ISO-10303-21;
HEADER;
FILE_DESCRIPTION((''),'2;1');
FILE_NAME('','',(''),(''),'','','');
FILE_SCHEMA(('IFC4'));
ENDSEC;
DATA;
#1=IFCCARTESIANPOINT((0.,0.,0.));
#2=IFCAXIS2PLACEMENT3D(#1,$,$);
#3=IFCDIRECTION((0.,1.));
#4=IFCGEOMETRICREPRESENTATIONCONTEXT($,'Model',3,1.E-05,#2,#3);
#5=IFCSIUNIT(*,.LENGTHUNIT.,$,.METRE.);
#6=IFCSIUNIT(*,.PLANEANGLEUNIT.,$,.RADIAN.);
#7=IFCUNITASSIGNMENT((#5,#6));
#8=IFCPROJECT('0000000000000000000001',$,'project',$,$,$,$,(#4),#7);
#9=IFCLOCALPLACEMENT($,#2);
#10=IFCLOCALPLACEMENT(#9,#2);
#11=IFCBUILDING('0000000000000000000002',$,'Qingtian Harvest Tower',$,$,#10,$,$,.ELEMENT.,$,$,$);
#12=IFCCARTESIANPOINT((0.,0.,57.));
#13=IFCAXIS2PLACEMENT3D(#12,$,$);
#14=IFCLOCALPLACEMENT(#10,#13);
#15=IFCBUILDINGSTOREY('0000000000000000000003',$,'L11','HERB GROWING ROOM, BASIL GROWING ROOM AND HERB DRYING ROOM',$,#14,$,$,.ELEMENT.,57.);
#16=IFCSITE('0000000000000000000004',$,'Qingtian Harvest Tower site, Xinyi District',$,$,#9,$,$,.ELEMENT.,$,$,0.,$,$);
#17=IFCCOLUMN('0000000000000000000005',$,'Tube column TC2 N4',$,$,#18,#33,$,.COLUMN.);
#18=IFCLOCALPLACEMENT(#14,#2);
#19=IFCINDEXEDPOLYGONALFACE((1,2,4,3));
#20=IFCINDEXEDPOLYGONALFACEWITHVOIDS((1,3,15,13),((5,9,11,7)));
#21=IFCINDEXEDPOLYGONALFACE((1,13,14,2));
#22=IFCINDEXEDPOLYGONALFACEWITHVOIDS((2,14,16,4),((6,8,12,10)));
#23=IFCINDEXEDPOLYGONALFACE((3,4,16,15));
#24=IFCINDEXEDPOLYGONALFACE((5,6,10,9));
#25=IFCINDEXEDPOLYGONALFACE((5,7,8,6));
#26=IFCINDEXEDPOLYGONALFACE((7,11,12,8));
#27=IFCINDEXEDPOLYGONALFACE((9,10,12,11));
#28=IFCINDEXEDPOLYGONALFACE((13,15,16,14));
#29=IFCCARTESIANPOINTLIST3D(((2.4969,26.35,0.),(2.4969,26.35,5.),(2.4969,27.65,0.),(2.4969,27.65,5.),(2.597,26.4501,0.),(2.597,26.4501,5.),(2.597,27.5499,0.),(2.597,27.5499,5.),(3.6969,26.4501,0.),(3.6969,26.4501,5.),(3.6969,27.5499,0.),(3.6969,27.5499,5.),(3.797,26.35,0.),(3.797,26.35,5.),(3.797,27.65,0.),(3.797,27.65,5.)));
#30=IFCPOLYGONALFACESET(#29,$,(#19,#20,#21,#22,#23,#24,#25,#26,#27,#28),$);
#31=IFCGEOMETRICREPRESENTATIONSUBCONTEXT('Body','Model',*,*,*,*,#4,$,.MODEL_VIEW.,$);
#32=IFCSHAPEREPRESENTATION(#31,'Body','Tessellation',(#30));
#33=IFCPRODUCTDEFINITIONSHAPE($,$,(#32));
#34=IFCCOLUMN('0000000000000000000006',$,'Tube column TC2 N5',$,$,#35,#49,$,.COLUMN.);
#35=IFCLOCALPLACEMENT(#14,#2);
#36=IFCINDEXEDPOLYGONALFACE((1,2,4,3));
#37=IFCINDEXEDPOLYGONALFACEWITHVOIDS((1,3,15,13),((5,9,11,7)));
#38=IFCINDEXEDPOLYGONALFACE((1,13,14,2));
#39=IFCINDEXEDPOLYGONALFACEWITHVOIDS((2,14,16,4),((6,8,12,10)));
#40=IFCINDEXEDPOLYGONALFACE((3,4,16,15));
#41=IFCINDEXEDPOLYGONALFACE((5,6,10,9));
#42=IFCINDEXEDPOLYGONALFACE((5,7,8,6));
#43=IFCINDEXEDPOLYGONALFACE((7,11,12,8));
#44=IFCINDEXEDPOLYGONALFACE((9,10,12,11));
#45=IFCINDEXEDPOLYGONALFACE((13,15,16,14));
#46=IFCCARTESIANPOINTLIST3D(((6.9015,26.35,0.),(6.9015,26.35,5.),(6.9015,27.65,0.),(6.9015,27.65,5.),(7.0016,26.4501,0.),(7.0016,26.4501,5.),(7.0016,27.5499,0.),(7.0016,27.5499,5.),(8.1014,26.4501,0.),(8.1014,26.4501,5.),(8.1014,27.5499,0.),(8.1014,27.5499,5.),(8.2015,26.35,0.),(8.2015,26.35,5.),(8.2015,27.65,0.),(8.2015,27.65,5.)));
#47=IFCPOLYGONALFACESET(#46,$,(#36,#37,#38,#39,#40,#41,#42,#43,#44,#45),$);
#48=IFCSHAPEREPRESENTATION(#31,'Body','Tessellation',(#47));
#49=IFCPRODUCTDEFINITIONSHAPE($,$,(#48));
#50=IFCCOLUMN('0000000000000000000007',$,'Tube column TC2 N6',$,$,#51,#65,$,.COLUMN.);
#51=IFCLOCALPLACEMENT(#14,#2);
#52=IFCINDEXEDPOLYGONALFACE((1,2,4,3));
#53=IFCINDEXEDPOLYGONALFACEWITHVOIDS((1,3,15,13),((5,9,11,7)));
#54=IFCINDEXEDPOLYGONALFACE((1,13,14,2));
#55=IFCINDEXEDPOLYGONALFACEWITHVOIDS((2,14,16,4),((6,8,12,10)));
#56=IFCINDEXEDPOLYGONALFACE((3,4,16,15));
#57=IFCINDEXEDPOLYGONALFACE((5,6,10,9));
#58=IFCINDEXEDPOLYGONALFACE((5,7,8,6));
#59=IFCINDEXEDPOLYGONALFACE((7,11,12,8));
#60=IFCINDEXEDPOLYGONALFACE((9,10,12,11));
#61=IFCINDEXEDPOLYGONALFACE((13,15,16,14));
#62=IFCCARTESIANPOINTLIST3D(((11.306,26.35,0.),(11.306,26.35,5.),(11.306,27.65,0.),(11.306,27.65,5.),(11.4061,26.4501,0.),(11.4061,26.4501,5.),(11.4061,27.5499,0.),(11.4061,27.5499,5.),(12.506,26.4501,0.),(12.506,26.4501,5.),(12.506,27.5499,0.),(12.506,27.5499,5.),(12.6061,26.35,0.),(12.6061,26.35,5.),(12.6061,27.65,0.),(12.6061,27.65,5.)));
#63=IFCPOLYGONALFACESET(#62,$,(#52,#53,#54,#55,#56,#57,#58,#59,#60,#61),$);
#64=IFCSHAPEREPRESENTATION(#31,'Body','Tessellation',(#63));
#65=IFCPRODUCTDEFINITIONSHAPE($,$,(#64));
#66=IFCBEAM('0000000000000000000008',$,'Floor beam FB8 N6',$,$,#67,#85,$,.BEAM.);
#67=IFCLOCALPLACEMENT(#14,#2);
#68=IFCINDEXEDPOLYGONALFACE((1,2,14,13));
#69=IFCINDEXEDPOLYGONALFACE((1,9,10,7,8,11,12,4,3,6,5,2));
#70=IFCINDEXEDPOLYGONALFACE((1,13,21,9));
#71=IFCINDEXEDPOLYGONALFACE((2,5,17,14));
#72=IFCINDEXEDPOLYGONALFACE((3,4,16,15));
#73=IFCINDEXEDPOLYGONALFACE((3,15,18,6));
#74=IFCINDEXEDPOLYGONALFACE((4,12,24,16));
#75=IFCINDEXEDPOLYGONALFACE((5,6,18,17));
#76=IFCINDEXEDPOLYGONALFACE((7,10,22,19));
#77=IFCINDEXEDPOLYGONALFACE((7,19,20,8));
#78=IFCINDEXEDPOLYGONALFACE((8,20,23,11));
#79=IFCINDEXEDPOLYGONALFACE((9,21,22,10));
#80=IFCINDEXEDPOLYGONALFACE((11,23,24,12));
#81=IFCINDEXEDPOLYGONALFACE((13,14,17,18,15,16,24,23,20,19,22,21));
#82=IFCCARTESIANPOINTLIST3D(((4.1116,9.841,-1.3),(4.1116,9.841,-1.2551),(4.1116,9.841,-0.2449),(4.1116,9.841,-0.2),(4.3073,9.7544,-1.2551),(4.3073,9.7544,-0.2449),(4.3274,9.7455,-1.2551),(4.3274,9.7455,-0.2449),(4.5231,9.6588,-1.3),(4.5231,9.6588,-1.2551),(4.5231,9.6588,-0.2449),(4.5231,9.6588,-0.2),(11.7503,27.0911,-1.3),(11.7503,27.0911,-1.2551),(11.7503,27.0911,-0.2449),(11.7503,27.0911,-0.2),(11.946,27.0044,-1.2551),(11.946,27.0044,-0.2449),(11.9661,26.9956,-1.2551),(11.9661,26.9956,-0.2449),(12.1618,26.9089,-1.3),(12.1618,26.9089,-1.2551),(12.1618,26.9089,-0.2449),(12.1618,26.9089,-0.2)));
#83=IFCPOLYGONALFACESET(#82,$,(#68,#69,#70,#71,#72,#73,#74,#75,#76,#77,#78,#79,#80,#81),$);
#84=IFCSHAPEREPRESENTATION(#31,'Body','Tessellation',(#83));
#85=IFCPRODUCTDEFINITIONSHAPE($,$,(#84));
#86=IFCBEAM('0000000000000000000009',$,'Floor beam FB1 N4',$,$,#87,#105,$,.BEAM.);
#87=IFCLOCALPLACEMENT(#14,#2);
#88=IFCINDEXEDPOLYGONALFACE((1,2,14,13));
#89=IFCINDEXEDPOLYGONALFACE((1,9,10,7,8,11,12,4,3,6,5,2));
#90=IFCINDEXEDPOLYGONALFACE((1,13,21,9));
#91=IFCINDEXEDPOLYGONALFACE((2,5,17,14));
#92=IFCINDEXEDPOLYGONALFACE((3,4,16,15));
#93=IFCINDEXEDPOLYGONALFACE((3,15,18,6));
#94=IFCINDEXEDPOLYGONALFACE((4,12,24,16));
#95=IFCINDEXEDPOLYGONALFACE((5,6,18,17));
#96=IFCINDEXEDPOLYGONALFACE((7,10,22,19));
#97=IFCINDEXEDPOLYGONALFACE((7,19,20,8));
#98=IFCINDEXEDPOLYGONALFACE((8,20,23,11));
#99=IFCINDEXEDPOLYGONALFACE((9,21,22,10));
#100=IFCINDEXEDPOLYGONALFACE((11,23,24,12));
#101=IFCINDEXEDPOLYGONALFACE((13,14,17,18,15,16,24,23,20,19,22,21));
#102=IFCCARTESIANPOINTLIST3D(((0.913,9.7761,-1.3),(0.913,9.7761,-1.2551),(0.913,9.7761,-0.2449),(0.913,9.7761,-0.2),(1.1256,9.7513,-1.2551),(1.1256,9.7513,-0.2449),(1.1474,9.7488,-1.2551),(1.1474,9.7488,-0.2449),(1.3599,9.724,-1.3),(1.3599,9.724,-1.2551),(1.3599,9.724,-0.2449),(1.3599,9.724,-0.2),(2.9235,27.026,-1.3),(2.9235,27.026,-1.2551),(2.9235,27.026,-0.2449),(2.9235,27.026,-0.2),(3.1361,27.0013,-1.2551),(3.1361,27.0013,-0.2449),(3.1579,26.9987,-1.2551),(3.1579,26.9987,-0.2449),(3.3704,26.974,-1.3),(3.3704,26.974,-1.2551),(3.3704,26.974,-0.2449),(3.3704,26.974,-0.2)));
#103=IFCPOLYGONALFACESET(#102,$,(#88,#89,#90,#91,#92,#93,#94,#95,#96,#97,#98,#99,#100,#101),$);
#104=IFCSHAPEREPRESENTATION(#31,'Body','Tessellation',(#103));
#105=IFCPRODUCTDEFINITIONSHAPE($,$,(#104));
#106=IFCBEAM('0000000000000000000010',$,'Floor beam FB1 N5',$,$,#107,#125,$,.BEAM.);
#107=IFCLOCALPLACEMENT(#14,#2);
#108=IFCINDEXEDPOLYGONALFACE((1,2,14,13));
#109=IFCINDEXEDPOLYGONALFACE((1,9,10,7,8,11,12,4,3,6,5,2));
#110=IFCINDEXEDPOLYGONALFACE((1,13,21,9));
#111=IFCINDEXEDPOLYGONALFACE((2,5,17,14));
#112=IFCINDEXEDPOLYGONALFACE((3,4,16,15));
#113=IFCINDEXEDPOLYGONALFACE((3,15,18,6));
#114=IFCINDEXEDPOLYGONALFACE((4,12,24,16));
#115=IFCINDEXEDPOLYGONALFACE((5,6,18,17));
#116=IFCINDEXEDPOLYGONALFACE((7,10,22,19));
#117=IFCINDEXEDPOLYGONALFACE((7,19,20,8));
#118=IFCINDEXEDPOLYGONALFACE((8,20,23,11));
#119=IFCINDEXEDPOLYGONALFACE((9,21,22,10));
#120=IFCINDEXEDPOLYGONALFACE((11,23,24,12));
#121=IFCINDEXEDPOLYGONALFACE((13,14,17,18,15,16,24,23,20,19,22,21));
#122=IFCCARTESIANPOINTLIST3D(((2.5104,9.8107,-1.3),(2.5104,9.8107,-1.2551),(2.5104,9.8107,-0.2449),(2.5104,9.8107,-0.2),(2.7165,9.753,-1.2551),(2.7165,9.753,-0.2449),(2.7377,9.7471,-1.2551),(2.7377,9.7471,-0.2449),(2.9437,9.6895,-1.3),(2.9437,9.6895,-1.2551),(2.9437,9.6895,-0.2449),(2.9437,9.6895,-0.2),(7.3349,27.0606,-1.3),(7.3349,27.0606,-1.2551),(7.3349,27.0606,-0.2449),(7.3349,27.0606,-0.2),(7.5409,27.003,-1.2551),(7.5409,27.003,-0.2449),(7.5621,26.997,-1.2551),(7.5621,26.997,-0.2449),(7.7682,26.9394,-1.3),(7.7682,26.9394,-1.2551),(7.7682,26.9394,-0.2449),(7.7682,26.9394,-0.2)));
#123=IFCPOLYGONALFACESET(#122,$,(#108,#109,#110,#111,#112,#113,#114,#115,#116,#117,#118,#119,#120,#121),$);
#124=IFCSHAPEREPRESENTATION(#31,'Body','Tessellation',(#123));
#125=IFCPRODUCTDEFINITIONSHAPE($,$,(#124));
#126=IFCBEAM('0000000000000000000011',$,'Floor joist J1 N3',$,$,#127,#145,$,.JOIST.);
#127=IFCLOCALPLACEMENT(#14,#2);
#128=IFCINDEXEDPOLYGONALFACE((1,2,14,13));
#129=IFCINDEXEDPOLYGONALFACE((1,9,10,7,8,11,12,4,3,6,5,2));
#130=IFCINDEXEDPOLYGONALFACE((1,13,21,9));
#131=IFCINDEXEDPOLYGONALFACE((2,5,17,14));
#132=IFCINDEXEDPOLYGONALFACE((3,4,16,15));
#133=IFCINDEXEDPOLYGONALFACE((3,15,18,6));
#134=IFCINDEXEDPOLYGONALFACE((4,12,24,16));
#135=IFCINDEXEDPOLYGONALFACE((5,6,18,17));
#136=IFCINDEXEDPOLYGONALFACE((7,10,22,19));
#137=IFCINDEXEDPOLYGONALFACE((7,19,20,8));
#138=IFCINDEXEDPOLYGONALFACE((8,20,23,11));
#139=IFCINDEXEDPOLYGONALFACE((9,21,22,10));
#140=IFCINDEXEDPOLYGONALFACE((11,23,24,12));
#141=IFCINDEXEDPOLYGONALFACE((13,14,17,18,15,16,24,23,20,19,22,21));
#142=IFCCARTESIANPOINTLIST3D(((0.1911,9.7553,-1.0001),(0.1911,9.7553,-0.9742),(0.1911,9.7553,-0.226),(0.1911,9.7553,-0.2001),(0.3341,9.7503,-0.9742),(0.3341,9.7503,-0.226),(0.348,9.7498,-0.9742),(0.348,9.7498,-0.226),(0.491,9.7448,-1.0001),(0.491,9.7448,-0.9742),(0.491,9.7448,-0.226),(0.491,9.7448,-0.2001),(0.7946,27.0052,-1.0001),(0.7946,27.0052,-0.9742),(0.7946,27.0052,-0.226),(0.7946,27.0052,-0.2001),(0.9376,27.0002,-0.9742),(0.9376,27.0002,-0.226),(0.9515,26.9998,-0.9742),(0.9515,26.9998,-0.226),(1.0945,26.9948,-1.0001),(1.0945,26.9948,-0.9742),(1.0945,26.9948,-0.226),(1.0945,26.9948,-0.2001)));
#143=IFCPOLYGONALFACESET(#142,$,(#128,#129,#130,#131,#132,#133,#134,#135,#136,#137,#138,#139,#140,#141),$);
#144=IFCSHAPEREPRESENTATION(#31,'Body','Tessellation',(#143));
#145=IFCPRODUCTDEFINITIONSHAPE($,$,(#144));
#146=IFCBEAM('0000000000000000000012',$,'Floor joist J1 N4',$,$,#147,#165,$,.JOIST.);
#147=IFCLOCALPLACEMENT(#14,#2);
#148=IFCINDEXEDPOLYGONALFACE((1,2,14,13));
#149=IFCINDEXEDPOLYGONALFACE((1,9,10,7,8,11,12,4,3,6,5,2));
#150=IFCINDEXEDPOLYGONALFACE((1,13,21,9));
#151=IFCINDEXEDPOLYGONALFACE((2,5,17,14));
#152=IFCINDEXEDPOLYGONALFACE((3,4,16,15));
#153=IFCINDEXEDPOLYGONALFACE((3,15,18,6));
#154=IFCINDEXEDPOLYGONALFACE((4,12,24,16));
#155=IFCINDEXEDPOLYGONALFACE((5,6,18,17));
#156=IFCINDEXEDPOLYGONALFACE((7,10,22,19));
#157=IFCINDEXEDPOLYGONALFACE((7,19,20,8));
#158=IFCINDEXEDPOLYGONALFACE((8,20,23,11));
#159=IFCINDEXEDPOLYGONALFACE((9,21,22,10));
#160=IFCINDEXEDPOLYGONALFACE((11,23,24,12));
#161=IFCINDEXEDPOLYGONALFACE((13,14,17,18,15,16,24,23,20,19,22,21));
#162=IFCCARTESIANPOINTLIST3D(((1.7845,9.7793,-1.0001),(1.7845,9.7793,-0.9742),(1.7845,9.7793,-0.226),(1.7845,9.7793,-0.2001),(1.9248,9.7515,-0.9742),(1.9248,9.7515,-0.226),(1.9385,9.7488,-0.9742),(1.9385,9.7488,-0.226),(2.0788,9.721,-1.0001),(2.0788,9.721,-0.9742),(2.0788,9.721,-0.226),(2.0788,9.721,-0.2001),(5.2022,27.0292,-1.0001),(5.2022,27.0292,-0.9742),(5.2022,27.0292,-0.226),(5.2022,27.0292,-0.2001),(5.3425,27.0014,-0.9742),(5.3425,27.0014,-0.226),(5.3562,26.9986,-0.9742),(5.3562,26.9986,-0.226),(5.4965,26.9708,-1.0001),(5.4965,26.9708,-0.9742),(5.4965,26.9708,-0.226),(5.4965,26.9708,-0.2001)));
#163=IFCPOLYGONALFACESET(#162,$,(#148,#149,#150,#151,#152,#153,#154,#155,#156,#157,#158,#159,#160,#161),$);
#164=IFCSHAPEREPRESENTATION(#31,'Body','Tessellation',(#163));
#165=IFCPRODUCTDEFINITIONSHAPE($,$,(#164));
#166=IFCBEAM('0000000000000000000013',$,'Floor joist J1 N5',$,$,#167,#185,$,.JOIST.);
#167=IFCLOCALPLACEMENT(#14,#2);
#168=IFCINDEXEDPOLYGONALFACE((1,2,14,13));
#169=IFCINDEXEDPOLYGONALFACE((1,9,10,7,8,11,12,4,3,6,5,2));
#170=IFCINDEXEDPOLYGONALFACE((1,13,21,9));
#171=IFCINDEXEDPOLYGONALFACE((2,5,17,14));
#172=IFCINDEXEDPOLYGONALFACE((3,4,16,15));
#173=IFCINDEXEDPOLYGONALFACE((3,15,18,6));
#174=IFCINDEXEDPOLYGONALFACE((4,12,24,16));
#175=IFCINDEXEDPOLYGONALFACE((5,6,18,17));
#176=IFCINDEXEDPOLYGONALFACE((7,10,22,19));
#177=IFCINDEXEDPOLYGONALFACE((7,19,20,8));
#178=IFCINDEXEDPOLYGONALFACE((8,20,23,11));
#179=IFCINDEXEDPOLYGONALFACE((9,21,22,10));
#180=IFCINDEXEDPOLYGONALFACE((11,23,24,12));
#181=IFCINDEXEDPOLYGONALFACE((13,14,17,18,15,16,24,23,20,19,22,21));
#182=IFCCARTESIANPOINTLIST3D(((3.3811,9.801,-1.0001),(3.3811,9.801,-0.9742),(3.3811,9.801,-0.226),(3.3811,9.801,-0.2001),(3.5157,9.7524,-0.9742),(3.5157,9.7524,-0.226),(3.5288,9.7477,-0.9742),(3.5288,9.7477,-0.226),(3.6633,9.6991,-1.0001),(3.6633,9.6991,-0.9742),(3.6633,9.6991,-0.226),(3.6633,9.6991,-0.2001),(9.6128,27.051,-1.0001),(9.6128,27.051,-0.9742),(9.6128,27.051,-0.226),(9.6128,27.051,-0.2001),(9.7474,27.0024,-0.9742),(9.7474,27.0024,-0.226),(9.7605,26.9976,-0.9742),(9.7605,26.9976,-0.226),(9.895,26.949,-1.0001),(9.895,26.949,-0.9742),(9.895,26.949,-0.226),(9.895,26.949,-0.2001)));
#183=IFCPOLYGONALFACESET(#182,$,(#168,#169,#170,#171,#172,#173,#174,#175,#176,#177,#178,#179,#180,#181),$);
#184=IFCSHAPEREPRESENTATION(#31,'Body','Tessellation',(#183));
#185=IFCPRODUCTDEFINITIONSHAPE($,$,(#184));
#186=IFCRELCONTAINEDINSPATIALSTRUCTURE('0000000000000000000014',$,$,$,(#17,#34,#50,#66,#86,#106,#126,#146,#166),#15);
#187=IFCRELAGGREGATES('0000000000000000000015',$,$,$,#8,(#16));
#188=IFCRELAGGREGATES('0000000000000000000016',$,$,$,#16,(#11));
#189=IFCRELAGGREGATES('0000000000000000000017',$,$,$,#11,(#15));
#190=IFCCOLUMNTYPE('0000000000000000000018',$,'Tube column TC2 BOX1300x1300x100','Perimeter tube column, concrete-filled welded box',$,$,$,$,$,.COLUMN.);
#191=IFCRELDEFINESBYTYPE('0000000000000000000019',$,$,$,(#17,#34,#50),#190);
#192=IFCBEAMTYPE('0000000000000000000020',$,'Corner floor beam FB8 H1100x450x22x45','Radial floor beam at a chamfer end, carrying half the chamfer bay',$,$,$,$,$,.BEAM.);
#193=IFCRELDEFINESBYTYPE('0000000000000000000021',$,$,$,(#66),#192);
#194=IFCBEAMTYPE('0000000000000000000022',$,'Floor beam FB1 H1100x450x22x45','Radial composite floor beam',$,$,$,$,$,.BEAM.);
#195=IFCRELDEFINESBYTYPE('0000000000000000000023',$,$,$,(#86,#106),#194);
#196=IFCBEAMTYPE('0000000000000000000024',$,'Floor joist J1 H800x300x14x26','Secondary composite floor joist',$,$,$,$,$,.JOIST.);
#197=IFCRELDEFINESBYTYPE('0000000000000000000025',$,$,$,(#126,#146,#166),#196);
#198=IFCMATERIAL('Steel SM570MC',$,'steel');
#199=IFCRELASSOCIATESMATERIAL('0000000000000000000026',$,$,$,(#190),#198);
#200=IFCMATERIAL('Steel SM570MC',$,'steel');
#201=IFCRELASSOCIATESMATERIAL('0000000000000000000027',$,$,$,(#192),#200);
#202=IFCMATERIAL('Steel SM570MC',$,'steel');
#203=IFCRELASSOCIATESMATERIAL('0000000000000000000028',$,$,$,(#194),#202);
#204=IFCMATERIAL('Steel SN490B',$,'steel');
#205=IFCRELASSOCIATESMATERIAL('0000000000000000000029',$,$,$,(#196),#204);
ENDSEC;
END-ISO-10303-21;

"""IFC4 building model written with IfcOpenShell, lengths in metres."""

from ifc_helpers import new_model, si_unit, direction, frame, origin, origin_2d, place, context, subcontext, project, spatial, hollow_rectangle, i_section, extrude, material, material_profile, profile_set, type_object, element, save


model = new_model("IFC4")

# Units and contexts
model_context = context("Model", 3, precision=1e-05, world=origin(), true_north=direction((0.0, 1.0)))
body_context = subcontext(model_context, "Body", "Model", "MODEL_VIEW")
ifc_project = project(units=[si_unit("LENGTHUNIT", "METRE"), si_unit("PLANEANGLEUNIT", "RADIAN")], contexts=[model_context])

# Site, building, storey
site_placement = place(None, origin())
site = spatial("IfcSite", under=ifc_project, at=site_placement, Name="Qingtian Harvest Tower site, Xinyi District", CompositionType="ELEMENT", RefElevation=0.0)
building_placement = place(site_placement, origin())
building = spatial("IfcBuilding", under=site, at=building_placement, Name="Qingtian Harvest Tower", CompositionType="ELEMENT")
storey_placement = place(building_placement, frame((0.0, 0.0, 57.0)))
storey = spatial("IfcBuildingStorey", under=building, at=storey_placement, Name="L11", Description="HERB GROWING ROOM, BASIL GROWING ROOM AND HERB DRYING ROOM", CompositionType="ELEMENT", Elevation=57.0)

# Columns
ifc_material_1 = material(Name="Steel SM570MC", Category="steel")
ifc_material_profile_1 = material_profile(ifc_material_1, hollow_rectangle(XDim=1.3, YDim=1.3, WallThickness=0.1001, at=origin_2d()), Name="BOX1300x1300x100")
ifc_profile_set_1 = profile_set([ifc_material_profile_1], Name="Steel SM570MC")
column_type = type_object("IfcColumnType", Name="Tube column TC2 BOX1300x1300x100", Description="Perimeter tube column, concrete-filled welded box", PredefinedType="COLUMN", material=ifc_profile_set_1)
for number, where, z_axis, x_axis, name in (
    (1, (3.147, 27.0, 0.0), (0.0, 0.0, 1.0), (-1.0, 0.0, 0.0), "Tube column TC2 N4"),
    (2, (7.5515, 27.0, 0.0), (0.0, 0.0, 1.0), (-1.0, 0.0, 0.0), "Tube column TC2 N5"),
    (3, (11.9561, 27.0, 0.0), (0.0, 0.0, 1.0), (-1.0, 0.0, 0.0), "Tube column TC2 N6"),
):
    element("IfcColumn", number, at=place(storey_placement, frame(where, z_axis=z_axis, x_axis=x_axis)), inside=storey, type_object=column_type, Name=name, PredefinedType="COLUMN", context=body_context, shape_type="SweptSolid", body=[
        extrude(hollow_rectangle(XDim=1.3, YDim=1.3, WallThickness=0.1001, at=origin_2d()), origin(), (0.0, 0.0, 1.0), 5.0),
    ])

# Beams
ifc_material_2 = material(Name="Steel SM570MC", Category="steel")
ifc_material_profile_2 = material_profile(ifc_material_2, i_section(OverallWidth=0.45, OverallDepth=1.1001, WebThickness=0.022, FlangeThickness=0.0449, at=origin_2d()), Name="H1100x450x22x45")
ifc_profile_set_2 = profile_set([ifc_material_profile_2], Name="Steel SM570MC")
beam_type_1 = type_object("IfcBeamType", Name="Corner floor beam FB8 H1100x450x22x45", Description="Radial floor beam at a chamfer end, carrying half the chamfer bay", PredefinedType="BEAM", material=ifc_profile_set_2)
beam_1_placement = place(storey_placement, frame((11.9561, 27.0, -0.75), z_axis=(-0.404899, -0.914361, 0.0), x_axis=(0.914361, -0.404899, 0.0)))
element("IfcBeam", 4, at=beam_1_placement, inside=storey, type_object=beam_type_1, Name="Floor beam FB8 N6", PredefinedType="BEAM", context=body_context, shape_type="SweptSolid", body=[
    extrude(i_section(OverallWidth=0.45, OverallDepth=1.1001, WebThickness=0.022, FlangeThickness=0.0449, at=origin_2d()), origin(), (0.0, 0.0, 1.0), 18.8657),
])
ifc_material_3 = material(Name="Steel SM570MC", Category="steel")
ifc_material_profile_3 = material_profile(ifc_material_3, i_section(OverallWidth=0.45, OverallDepth=1.1001, WebThickness=0.022, FlangeThickness=0.0449, at=origin_2d()), Name="H1100x450x22x45")
ifc_profile_set_3 = profile_set([ifc_material_profile_3], Name="Steel SM570MC")
beam_type_2 = type_object("IfcBeamType", Name="Floor beam FB1 H1100x450x22x45", Description="Radial composite floor beam", PredefinedType="BEAM", material=ifc_profile_set_3)
beam_2_placement = place(storey_placement, frame((3.147, 27.0, -0.75), z_axis=(-0.115767, -0.993276, 0.0), x_axis=(0.993276, -0.115767, 0.0)))
element("IfcBeam", 5, at=beam_2_placement, inside=storey, type_object=beam_type_2, Name="Floor beam FB1 N4", PredefinedType="BEAM", context=body_context, shape_type="SweptSolid", body=[
    extrude(i_section(OverallWidth=0.45, OverallDepth=1.1001, WebThickness=0.022, FlangeThickness=0.0449, at=origin_2d()), origin(), (0.0, 0.0, 1.0), 17.3667),
])
beam_3_placement = place(storey_placement, frame((7.5515, 27.0, -0.75), z_axis=(-0.269343, -0.963044, 0.0), x_axis=(0.963044, -0.269343, 0.0)))
element("IfcBeam", 6, at=beam_3_placement, inside=storey, type_object=beam_type_2, Name="Floor beam FB1 N5", PredefinedType="BEAM", context=body_context, shape_type="SweptSolid", body=[
    extrude(i_section(OverallWidth=0.45, OverallDepth=1.1001, WebThickness=0.022, FlangeThickness=0.0449, at=origin_2d()), origin(), (0.0, 0.0, 1.0), 17.9119),
])
ifc_material_4 = material(Name="Steel SN490B", Category="steel")
ifc_material_profile_4 = material_profile(ifc_material_4, i_section(OverallWidth=0.3, OverallDepth=0.8, WebThickness=0.0139, FlangeThickness=0.0259, at=origin_2d()), Name="H800x300x14x26")
ifc_profile_set_4 = profile_set([ifc_material_profile_4], Name="Steel SN490B")
beam_type_3 = type_object("IfcBeamType", Name="Floor joist J1 H800x300x14x26", Description="Secondary composite floor joist", PredefinedType="JOIST", material=ifc_profile_set_4)
beam_4_placement = place(storey_placement, frame((0.9446, 27.0, -0.6001), z_axis=(-0.034965, -0.999389, 0.0), x_axis=(0.999389, -0.034965, 0.0)))
element("IfcBeam", 7, at=beam_4_placement, inside=storey, type_object=beam_type_3, Name="Floor joist J1 N3", PredefinedType="JOIST", context=body_context, shape_type="SweptSolid", body=[
    extrude(i_section(OverallWidth=0.3, OverallDepth=0.8, WebThickness=0.0139, FlangeThickness=0.0259, at=origin_2d()), origin(), (0.0, 0.0, 1.0), 17.2605),
])
beam_5_placement = place(storey_placement, frame((5.3494, 27.0, -0.6001), z_axis=(-0.194351, -0.980932, 0.0), x_axis=(0.980932, -0.194351, 0.0)))
element("IfcBeam", 8, at=beam_5_placement, inside=storey, type_object=beam_type_3, Name="Floor joist J1 N4", PredefinedType="JOIST", context=body_context, shape_type="SweptSolid", body=[
    extrude(i_section(OverallWidth=0.3, OverallDepth=0.8, WebThickness=0.0139, FlangeThickness=0.0259, at=origin_2d()), origin(), (0.0, 0.0, 1.0), 17.5852),
])
beam_6_placement = place(storey_placement, frame((9.7539, 27.0, -0.6001), z_axis=(-0.339766, -0.94051, 0.0), x_axis=(0.94051, -0.339766, 0.0)))
element("IfcBeam", 9, at=beam_6_placement, inside=storey, type_object=beam_type_3, Name="Floor joist J1 N5", PredefinedType="JOIST", context=body_context, shape_type="SweptSolid", body=[
    extrude(i_section(OverallWidth=0.3, OverallDepth=0.8, WebThickness=0.0139, FlangeThickness=0.0259, at=origin_2d()), origin(), (0.0, 0.0, 1.0), 18.3411),
])

save(model, "model.ifc")
